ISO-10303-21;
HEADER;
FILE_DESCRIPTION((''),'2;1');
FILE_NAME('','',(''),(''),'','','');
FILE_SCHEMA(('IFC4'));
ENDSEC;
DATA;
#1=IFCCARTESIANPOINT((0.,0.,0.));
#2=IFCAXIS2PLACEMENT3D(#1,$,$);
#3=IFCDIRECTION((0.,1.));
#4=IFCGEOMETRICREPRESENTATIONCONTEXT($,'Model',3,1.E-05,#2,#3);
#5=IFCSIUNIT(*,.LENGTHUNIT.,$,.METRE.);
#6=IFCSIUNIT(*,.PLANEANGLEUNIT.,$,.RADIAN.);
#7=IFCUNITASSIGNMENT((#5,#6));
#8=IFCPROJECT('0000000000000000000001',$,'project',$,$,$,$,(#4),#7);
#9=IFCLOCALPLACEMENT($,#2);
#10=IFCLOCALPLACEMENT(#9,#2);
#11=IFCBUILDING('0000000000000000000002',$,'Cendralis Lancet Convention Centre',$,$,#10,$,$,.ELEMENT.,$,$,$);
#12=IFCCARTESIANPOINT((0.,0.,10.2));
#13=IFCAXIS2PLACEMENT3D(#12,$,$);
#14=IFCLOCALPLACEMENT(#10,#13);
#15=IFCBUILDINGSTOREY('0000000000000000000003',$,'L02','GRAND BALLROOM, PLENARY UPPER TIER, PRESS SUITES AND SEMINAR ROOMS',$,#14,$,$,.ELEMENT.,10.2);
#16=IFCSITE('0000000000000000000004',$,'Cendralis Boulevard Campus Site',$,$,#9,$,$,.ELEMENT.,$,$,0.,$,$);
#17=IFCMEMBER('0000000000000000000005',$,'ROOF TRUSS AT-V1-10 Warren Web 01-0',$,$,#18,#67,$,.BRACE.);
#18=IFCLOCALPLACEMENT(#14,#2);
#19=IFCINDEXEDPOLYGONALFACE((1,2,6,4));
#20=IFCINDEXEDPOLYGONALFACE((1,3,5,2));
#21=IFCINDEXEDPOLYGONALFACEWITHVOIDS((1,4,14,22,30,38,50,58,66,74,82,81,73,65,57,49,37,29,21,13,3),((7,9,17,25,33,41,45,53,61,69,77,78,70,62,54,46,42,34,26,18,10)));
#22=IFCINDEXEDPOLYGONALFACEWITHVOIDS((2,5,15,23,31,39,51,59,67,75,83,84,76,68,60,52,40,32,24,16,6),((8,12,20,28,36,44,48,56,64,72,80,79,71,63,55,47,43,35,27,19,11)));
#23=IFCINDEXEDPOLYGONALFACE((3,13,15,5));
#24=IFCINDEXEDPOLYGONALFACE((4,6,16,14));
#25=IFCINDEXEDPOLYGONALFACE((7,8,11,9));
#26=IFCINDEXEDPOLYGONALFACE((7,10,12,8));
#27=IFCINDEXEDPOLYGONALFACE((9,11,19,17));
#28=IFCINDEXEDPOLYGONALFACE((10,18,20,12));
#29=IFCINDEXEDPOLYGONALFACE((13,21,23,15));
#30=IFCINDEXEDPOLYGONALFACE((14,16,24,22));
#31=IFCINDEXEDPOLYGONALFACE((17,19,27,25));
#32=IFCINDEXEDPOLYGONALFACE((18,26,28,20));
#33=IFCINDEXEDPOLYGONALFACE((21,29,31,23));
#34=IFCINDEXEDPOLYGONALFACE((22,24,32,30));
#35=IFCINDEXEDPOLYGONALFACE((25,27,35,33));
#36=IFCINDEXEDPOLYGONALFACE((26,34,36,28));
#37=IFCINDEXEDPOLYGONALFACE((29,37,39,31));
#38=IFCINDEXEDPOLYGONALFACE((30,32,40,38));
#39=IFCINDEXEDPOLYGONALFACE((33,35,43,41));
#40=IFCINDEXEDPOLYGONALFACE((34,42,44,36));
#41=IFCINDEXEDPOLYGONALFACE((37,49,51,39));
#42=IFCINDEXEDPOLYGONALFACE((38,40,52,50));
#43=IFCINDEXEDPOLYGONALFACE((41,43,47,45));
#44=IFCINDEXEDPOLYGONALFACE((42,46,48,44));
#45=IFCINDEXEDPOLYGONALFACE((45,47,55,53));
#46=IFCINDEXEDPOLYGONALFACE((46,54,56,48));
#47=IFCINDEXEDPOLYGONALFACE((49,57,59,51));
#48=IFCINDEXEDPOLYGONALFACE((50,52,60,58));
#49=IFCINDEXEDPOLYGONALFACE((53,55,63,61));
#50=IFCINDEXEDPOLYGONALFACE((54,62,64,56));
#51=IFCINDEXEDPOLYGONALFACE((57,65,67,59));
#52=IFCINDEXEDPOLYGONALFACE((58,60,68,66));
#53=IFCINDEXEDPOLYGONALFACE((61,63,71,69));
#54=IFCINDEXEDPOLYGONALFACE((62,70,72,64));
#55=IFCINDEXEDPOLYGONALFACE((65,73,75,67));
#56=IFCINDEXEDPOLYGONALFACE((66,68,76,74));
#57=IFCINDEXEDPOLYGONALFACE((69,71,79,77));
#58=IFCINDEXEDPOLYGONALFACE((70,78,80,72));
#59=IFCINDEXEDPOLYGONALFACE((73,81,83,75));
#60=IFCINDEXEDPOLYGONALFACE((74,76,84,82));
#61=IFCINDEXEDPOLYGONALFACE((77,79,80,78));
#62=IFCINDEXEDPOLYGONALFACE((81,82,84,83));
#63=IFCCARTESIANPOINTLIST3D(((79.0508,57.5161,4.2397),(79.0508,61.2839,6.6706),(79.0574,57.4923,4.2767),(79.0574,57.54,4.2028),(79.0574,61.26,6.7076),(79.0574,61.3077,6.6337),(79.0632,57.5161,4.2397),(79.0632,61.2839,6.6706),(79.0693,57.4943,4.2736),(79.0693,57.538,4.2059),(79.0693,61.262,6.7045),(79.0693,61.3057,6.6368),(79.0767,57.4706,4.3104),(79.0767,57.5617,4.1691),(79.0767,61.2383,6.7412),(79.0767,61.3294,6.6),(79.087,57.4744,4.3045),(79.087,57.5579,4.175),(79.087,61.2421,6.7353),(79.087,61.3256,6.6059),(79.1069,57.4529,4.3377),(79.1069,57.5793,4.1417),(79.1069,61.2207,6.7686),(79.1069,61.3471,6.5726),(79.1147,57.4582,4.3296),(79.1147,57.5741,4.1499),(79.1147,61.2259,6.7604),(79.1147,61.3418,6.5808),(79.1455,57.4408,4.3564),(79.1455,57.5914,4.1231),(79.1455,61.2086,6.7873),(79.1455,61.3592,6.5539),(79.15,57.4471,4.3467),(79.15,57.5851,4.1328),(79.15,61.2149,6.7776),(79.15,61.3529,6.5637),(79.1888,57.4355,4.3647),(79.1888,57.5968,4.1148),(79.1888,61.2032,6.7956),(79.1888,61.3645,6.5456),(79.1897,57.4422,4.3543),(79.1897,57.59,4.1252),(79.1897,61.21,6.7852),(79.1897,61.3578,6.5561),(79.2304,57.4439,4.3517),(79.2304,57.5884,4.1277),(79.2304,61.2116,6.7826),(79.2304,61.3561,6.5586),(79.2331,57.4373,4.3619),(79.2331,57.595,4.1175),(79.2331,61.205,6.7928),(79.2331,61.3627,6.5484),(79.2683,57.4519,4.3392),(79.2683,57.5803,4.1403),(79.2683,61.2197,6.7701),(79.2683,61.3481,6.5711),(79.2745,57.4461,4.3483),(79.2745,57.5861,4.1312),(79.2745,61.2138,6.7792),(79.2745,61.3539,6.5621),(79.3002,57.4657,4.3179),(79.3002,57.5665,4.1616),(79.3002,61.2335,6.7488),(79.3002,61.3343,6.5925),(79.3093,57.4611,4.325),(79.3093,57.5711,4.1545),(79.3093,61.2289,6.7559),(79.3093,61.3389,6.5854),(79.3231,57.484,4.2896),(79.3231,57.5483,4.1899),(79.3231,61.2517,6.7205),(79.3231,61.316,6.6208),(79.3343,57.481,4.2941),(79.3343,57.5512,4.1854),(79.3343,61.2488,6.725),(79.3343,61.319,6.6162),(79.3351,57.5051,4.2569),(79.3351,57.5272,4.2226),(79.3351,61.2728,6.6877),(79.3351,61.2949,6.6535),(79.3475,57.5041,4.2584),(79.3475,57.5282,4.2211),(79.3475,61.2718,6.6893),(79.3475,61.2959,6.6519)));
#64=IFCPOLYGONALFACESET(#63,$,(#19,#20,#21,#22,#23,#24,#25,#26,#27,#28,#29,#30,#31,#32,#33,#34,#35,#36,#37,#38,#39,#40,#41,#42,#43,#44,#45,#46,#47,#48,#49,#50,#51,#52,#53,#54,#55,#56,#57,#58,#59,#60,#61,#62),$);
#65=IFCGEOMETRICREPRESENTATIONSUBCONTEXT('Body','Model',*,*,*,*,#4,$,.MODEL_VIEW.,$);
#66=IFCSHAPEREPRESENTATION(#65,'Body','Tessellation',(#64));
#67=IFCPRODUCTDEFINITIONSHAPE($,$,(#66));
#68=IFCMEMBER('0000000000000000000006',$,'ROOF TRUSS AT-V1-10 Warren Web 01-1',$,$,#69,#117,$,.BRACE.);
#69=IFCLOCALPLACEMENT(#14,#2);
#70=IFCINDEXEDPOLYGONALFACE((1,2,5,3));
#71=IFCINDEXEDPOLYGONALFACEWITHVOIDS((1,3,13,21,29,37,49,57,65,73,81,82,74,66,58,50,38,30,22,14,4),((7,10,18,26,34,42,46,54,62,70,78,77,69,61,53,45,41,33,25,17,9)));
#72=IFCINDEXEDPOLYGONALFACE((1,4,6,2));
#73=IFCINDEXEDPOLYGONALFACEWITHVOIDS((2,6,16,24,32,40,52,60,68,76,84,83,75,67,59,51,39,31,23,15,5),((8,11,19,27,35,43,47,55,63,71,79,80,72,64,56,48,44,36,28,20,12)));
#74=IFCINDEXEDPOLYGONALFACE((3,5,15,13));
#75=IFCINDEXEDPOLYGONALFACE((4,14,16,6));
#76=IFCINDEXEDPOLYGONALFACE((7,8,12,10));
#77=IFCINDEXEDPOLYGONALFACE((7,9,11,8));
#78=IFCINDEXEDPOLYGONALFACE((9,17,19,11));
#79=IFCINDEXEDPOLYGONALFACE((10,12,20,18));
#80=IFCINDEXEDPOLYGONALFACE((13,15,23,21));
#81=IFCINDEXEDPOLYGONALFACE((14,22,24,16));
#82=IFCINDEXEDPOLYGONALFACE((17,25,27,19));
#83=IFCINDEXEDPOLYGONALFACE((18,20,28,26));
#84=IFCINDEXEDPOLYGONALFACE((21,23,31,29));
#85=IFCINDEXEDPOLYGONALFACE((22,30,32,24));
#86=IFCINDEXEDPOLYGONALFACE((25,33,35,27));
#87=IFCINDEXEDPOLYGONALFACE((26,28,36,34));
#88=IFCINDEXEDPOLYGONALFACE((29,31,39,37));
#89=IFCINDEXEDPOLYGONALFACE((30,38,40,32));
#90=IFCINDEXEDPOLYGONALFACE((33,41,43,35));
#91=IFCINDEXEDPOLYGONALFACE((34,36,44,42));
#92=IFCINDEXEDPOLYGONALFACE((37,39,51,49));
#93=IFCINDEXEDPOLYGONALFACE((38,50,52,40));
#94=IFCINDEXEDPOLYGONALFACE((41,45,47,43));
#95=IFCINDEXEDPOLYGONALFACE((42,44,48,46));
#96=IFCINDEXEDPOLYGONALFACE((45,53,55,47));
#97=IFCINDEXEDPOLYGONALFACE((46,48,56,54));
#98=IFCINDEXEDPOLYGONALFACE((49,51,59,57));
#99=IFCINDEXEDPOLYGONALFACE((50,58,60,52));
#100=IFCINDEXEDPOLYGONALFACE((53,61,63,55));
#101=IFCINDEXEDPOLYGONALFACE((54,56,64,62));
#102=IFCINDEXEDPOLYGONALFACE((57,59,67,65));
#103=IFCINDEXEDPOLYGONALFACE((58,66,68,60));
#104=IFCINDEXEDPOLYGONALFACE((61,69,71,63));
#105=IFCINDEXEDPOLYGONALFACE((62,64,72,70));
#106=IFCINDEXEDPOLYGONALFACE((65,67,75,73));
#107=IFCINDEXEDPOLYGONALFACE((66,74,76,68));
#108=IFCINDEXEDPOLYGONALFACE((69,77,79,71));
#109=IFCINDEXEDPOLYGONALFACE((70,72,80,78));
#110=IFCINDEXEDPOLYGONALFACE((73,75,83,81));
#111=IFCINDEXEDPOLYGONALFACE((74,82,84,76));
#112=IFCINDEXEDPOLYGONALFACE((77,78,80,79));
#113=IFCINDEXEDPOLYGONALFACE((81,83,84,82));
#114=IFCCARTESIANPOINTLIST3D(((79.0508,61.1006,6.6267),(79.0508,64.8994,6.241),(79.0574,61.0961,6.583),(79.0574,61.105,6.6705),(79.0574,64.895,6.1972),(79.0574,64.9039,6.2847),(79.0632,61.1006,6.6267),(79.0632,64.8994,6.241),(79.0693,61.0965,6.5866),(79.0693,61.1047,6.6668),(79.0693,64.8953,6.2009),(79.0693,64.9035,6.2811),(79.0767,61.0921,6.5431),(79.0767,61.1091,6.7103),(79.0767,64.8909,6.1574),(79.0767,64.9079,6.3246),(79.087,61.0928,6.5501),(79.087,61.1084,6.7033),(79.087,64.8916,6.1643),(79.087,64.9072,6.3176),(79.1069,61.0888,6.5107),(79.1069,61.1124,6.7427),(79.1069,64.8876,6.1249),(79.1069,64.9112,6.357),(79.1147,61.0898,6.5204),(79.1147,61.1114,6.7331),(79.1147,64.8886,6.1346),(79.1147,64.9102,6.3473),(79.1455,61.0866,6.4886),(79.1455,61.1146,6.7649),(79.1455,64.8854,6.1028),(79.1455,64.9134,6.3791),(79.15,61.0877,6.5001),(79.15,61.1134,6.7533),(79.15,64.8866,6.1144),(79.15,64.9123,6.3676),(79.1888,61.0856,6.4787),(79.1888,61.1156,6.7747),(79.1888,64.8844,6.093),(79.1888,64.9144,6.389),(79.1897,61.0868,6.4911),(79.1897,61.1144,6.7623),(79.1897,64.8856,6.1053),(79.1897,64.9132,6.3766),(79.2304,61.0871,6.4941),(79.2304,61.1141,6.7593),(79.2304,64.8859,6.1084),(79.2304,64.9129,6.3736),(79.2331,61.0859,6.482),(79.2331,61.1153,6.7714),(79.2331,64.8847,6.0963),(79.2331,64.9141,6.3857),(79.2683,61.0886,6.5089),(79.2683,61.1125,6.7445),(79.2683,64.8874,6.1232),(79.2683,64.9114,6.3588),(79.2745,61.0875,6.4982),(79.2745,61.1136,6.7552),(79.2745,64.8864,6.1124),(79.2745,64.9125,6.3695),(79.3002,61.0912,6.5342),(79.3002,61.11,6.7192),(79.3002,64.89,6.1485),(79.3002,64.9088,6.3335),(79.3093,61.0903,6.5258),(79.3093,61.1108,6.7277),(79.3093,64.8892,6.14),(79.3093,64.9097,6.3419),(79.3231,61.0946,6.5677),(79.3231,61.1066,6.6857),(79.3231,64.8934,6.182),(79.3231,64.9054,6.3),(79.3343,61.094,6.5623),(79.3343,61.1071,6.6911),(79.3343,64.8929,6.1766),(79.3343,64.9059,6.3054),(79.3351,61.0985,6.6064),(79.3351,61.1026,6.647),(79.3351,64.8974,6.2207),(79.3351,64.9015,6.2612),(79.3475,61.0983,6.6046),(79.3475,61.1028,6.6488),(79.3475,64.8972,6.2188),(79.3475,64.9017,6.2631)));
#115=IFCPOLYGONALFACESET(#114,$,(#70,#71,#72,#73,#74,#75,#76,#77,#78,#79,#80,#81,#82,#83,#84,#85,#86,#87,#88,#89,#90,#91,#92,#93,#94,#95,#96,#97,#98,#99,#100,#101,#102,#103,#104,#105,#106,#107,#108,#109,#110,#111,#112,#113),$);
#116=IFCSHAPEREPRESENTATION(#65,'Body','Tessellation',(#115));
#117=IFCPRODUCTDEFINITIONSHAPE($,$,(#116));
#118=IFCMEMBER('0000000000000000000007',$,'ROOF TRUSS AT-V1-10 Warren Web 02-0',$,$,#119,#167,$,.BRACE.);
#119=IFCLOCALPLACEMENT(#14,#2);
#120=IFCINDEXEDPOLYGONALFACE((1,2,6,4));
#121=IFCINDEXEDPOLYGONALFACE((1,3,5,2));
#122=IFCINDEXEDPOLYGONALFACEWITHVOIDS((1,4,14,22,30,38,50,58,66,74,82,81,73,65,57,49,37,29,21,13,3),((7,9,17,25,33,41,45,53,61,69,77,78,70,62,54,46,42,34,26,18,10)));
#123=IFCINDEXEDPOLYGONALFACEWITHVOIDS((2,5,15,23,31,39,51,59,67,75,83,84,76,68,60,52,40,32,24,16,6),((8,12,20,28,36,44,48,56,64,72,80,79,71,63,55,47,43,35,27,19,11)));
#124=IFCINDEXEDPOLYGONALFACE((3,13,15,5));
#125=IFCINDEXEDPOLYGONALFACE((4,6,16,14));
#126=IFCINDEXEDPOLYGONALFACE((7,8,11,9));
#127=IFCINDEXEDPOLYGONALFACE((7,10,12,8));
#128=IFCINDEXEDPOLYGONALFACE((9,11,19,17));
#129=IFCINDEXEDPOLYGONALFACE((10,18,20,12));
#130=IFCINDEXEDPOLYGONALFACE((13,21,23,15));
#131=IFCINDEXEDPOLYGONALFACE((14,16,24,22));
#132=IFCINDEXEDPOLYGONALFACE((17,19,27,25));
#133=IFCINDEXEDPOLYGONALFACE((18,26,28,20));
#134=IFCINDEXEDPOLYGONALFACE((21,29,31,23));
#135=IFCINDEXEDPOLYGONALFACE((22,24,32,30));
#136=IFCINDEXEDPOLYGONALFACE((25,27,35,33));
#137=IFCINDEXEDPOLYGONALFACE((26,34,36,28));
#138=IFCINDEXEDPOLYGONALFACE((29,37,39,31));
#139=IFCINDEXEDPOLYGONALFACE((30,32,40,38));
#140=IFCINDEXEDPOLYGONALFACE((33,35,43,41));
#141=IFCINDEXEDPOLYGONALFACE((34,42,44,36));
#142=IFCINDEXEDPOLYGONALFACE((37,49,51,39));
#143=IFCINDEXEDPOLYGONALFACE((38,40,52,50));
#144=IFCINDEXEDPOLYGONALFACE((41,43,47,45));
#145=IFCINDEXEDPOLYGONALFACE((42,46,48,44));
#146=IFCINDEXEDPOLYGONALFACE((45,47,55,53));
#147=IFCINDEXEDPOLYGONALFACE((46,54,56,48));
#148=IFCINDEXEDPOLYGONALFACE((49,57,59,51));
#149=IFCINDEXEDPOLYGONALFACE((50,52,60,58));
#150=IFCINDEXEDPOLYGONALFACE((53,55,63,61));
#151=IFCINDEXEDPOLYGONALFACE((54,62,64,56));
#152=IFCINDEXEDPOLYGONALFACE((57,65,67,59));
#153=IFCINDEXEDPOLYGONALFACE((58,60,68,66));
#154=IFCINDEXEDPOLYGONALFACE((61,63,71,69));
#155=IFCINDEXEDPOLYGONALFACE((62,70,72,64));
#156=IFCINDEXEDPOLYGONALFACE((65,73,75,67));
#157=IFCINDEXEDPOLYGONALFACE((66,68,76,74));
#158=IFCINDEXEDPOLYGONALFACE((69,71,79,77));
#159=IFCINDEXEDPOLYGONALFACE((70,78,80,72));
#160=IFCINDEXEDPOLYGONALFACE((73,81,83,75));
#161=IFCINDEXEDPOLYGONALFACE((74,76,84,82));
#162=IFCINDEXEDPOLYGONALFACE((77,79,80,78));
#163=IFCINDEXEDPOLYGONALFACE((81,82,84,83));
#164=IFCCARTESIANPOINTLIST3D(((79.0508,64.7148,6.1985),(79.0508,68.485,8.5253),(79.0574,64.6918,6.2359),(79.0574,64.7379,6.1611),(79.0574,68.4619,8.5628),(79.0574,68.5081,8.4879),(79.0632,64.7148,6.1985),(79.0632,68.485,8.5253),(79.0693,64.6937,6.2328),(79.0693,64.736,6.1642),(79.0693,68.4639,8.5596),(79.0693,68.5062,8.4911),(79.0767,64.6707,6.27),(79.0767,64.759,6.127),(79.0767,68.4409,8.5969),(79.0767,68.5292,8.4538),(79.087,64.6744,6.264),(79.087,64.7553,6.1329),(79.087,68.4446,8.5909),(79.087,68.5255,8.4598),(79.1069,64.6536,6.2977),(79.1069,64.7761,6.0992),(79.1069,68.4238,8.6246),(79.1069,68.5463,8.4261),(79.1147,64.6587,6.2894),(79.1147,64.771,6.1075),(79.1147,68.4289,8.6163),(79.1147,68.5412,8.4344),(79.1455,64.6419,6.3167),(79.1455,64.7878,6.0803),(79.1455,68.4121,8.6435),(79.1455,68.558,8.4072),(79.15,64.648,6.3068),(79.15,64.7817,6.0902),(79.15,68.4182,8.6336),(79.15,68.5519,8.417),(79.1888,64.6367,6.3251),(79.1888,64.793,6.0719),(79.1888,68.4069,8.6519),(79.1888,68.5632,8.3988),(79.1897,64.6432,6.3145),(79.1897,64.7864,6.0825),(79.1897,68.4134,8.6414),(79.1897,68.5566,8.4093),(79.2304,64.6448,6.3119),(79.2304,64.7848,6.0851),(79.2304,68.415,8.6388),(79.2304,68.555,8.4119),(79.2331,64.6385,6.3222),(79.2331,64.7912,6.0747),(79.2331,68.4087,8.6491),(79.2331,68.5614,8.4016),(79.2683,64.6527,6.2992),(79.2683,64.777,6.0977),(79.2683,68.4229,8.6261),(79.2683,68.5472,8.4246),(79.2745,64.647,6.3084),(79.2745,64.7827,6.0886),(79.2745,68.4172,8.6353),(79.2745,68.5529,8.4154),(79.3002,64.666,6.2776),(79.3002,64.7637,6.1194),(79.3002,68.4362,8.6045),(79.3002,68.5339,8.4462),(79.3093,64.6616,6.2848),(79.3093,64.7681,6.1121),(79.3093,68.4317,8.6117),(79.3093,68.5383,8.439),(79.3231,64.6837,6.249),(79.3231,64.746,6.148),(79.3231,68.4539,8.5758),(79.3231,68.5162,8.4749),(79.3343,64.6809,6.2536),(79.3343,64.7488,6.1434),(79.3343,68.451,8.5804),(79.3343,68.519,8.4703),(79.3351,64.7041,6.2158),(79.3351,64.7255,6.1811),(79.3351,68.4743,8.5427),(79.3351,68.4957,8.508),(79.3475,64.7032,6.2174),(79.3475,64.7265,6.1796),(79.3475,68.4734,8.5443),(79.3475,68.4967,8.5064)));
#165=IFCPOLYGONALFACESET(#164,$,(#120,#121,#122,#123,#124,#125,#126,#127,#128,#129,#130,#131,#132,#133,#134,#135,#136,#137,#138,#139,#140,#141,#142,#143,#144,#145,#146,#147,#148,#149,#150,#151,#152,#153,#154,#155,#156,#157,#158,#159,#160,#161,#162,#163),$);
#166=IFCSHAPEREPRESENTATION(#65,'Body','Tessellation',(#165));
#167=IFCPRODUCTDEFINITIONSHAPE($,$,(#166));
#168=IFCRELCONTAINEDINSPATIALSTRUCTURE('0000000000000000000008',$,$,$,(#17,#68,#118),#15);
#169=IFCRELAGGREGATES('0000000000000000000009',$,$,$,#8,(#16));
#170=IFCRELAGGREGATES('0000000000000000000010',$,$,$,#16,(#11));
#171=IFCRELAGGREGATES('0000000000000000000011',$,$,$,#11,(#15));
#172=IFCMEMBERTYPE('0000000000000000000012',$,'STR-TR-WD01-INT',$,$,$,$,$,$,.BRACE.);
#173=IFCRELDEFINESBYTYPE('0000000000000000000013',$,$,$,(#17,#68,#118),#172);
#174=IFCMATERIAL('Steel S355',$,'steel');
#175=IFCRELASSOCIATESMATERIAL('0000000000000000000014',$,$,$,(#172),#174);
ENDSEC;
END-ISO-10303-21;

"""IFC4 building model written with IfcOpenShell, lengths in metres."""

from ifc_helpers import new_model, si_unit, direction, frame, origin, origin_2d, place, context, subcontext, project, spatial, hollow_circle, extrude, material, material_profile, profile_set, type_object, element, save


model = new_model("IFC4")

# Units and contexts
model_context = context("Model", 3, precision=1e-05, world=origin(), true_north=direction((0.0, 1.0)))
body_context = subcontext(model_context, "Body", "Model", "MODEL_VIEW")
ifc_project = project(units=[si_unit("LENGTHUNIT", "METRE"), si_unit("PLANEANGLEUNIT", "RADIAN")], contexts=[model_context])

# Site, building, storey
site_placement = place(None, origin())
site = spatial("IfcSite", under=ifc_project, at=site_placement, Name="Cendralis Boulevard Campus Site", CompositionType="ELEMENT", RefElevation=0.0)
building_placement = place(site_placement, origin())
building = spatial("IfcBuilding", under=site, at=building_placement, Name="Cendralis Lancet Convention Centre", CompositionType="ELEMENT")
storey_placement = place(building_placement, frame((0.0, 0.0, 10.2)))
storey = spatial("IfcBuildingStorey", under=building, at=storey_placement, Name="L02", Description="GRAND BALLROOM, PLENARY UPPER TIER, PRESS SUITES AND SEMINAR ROOMS", CompositionType="ELEMENT", Elevation=10.2)

# Members
ifc_material = material(Name="Steel S355", Category="steel")
ifc_material_profile_1 = material_profile(ifc_material, hollow_circle(Radius=0.1492, WallThickness=0.0125, at=origin_2d()), Name="CHS 298.5x12.5")
ifc_profile_set_1 = profile_set([ifc_material_profile_1], Name="Steel S355")
member_type_1 = type_object("IfcMemberType", Name="STR-TR-WD01-INT", PredefinedType="BRACE", material=ifc_profile_set_1)
member_1_placement = place(storey_placement, frame((79.2, 57.5161, 4.2397), z_axis=(0.0, 0.840291, 0.542136), x_axis=(-1.0, 0.0, 0.0)))
element("IfcMember", 1, at=member_1_placement, inside=storey, type_object=member_type_1, Name="ROOF TRUSS AT-V1-10 Warren Web 01-0", PredefinedType="BRACE", context=body_context, shape_type="SweptSolid", body=[
    extrude(hollow_circle(Radius=0.1492, WallThickness=0.0125, at=origin_2d()), origin(), (0.0, 0.0, 1.0), 4.4839),
])
member_2_placement = place(storey_placement, frame((79.2, 61.1006, 6.6267), z_axis=(0.0, 0.994884, -0.101023), x_axis=(-1.0, 0.0, 0.0)))
element("IfcMember", 2, at=member_2_placement, inside=storey, type_object=member_type_1, Name="ROOF TRUSS AT-V1-10 Warren Web 01-1", PredefinedType="BRACE", context=body_context, shape_type="SweptSolid", body=[
    extrude(hollow_circle(Radius=0.1492, WallThickness=0.0125, at=origin_2d()), origin(), (0.0, 0.0, 1.0), 3.8184),
])
member_3_placement = place(storey_placement, frame((79.2, 64.7148, 6.1985), z_axis=(0.0, 0.850978, 0.525201), x_axis=(-1.0, 0.0, 0.0)))
element("IfcMember", 3, at=member_3_placement, inside=storey, type_object=member_type_1, Name="ROOF TRUSS AT-V1-10 Warren Web 02-0", PredefinedType="BRACE", context=body_context, shape_type="SweptSolid", body=[
    extrude(hollow_circle(Radius=0.1492, WallThickness=0.0125, at=origin_2d()), origin(), (0.0, 0.0, 1.0), 4.4304),
])

save(model, "model.ifc")
